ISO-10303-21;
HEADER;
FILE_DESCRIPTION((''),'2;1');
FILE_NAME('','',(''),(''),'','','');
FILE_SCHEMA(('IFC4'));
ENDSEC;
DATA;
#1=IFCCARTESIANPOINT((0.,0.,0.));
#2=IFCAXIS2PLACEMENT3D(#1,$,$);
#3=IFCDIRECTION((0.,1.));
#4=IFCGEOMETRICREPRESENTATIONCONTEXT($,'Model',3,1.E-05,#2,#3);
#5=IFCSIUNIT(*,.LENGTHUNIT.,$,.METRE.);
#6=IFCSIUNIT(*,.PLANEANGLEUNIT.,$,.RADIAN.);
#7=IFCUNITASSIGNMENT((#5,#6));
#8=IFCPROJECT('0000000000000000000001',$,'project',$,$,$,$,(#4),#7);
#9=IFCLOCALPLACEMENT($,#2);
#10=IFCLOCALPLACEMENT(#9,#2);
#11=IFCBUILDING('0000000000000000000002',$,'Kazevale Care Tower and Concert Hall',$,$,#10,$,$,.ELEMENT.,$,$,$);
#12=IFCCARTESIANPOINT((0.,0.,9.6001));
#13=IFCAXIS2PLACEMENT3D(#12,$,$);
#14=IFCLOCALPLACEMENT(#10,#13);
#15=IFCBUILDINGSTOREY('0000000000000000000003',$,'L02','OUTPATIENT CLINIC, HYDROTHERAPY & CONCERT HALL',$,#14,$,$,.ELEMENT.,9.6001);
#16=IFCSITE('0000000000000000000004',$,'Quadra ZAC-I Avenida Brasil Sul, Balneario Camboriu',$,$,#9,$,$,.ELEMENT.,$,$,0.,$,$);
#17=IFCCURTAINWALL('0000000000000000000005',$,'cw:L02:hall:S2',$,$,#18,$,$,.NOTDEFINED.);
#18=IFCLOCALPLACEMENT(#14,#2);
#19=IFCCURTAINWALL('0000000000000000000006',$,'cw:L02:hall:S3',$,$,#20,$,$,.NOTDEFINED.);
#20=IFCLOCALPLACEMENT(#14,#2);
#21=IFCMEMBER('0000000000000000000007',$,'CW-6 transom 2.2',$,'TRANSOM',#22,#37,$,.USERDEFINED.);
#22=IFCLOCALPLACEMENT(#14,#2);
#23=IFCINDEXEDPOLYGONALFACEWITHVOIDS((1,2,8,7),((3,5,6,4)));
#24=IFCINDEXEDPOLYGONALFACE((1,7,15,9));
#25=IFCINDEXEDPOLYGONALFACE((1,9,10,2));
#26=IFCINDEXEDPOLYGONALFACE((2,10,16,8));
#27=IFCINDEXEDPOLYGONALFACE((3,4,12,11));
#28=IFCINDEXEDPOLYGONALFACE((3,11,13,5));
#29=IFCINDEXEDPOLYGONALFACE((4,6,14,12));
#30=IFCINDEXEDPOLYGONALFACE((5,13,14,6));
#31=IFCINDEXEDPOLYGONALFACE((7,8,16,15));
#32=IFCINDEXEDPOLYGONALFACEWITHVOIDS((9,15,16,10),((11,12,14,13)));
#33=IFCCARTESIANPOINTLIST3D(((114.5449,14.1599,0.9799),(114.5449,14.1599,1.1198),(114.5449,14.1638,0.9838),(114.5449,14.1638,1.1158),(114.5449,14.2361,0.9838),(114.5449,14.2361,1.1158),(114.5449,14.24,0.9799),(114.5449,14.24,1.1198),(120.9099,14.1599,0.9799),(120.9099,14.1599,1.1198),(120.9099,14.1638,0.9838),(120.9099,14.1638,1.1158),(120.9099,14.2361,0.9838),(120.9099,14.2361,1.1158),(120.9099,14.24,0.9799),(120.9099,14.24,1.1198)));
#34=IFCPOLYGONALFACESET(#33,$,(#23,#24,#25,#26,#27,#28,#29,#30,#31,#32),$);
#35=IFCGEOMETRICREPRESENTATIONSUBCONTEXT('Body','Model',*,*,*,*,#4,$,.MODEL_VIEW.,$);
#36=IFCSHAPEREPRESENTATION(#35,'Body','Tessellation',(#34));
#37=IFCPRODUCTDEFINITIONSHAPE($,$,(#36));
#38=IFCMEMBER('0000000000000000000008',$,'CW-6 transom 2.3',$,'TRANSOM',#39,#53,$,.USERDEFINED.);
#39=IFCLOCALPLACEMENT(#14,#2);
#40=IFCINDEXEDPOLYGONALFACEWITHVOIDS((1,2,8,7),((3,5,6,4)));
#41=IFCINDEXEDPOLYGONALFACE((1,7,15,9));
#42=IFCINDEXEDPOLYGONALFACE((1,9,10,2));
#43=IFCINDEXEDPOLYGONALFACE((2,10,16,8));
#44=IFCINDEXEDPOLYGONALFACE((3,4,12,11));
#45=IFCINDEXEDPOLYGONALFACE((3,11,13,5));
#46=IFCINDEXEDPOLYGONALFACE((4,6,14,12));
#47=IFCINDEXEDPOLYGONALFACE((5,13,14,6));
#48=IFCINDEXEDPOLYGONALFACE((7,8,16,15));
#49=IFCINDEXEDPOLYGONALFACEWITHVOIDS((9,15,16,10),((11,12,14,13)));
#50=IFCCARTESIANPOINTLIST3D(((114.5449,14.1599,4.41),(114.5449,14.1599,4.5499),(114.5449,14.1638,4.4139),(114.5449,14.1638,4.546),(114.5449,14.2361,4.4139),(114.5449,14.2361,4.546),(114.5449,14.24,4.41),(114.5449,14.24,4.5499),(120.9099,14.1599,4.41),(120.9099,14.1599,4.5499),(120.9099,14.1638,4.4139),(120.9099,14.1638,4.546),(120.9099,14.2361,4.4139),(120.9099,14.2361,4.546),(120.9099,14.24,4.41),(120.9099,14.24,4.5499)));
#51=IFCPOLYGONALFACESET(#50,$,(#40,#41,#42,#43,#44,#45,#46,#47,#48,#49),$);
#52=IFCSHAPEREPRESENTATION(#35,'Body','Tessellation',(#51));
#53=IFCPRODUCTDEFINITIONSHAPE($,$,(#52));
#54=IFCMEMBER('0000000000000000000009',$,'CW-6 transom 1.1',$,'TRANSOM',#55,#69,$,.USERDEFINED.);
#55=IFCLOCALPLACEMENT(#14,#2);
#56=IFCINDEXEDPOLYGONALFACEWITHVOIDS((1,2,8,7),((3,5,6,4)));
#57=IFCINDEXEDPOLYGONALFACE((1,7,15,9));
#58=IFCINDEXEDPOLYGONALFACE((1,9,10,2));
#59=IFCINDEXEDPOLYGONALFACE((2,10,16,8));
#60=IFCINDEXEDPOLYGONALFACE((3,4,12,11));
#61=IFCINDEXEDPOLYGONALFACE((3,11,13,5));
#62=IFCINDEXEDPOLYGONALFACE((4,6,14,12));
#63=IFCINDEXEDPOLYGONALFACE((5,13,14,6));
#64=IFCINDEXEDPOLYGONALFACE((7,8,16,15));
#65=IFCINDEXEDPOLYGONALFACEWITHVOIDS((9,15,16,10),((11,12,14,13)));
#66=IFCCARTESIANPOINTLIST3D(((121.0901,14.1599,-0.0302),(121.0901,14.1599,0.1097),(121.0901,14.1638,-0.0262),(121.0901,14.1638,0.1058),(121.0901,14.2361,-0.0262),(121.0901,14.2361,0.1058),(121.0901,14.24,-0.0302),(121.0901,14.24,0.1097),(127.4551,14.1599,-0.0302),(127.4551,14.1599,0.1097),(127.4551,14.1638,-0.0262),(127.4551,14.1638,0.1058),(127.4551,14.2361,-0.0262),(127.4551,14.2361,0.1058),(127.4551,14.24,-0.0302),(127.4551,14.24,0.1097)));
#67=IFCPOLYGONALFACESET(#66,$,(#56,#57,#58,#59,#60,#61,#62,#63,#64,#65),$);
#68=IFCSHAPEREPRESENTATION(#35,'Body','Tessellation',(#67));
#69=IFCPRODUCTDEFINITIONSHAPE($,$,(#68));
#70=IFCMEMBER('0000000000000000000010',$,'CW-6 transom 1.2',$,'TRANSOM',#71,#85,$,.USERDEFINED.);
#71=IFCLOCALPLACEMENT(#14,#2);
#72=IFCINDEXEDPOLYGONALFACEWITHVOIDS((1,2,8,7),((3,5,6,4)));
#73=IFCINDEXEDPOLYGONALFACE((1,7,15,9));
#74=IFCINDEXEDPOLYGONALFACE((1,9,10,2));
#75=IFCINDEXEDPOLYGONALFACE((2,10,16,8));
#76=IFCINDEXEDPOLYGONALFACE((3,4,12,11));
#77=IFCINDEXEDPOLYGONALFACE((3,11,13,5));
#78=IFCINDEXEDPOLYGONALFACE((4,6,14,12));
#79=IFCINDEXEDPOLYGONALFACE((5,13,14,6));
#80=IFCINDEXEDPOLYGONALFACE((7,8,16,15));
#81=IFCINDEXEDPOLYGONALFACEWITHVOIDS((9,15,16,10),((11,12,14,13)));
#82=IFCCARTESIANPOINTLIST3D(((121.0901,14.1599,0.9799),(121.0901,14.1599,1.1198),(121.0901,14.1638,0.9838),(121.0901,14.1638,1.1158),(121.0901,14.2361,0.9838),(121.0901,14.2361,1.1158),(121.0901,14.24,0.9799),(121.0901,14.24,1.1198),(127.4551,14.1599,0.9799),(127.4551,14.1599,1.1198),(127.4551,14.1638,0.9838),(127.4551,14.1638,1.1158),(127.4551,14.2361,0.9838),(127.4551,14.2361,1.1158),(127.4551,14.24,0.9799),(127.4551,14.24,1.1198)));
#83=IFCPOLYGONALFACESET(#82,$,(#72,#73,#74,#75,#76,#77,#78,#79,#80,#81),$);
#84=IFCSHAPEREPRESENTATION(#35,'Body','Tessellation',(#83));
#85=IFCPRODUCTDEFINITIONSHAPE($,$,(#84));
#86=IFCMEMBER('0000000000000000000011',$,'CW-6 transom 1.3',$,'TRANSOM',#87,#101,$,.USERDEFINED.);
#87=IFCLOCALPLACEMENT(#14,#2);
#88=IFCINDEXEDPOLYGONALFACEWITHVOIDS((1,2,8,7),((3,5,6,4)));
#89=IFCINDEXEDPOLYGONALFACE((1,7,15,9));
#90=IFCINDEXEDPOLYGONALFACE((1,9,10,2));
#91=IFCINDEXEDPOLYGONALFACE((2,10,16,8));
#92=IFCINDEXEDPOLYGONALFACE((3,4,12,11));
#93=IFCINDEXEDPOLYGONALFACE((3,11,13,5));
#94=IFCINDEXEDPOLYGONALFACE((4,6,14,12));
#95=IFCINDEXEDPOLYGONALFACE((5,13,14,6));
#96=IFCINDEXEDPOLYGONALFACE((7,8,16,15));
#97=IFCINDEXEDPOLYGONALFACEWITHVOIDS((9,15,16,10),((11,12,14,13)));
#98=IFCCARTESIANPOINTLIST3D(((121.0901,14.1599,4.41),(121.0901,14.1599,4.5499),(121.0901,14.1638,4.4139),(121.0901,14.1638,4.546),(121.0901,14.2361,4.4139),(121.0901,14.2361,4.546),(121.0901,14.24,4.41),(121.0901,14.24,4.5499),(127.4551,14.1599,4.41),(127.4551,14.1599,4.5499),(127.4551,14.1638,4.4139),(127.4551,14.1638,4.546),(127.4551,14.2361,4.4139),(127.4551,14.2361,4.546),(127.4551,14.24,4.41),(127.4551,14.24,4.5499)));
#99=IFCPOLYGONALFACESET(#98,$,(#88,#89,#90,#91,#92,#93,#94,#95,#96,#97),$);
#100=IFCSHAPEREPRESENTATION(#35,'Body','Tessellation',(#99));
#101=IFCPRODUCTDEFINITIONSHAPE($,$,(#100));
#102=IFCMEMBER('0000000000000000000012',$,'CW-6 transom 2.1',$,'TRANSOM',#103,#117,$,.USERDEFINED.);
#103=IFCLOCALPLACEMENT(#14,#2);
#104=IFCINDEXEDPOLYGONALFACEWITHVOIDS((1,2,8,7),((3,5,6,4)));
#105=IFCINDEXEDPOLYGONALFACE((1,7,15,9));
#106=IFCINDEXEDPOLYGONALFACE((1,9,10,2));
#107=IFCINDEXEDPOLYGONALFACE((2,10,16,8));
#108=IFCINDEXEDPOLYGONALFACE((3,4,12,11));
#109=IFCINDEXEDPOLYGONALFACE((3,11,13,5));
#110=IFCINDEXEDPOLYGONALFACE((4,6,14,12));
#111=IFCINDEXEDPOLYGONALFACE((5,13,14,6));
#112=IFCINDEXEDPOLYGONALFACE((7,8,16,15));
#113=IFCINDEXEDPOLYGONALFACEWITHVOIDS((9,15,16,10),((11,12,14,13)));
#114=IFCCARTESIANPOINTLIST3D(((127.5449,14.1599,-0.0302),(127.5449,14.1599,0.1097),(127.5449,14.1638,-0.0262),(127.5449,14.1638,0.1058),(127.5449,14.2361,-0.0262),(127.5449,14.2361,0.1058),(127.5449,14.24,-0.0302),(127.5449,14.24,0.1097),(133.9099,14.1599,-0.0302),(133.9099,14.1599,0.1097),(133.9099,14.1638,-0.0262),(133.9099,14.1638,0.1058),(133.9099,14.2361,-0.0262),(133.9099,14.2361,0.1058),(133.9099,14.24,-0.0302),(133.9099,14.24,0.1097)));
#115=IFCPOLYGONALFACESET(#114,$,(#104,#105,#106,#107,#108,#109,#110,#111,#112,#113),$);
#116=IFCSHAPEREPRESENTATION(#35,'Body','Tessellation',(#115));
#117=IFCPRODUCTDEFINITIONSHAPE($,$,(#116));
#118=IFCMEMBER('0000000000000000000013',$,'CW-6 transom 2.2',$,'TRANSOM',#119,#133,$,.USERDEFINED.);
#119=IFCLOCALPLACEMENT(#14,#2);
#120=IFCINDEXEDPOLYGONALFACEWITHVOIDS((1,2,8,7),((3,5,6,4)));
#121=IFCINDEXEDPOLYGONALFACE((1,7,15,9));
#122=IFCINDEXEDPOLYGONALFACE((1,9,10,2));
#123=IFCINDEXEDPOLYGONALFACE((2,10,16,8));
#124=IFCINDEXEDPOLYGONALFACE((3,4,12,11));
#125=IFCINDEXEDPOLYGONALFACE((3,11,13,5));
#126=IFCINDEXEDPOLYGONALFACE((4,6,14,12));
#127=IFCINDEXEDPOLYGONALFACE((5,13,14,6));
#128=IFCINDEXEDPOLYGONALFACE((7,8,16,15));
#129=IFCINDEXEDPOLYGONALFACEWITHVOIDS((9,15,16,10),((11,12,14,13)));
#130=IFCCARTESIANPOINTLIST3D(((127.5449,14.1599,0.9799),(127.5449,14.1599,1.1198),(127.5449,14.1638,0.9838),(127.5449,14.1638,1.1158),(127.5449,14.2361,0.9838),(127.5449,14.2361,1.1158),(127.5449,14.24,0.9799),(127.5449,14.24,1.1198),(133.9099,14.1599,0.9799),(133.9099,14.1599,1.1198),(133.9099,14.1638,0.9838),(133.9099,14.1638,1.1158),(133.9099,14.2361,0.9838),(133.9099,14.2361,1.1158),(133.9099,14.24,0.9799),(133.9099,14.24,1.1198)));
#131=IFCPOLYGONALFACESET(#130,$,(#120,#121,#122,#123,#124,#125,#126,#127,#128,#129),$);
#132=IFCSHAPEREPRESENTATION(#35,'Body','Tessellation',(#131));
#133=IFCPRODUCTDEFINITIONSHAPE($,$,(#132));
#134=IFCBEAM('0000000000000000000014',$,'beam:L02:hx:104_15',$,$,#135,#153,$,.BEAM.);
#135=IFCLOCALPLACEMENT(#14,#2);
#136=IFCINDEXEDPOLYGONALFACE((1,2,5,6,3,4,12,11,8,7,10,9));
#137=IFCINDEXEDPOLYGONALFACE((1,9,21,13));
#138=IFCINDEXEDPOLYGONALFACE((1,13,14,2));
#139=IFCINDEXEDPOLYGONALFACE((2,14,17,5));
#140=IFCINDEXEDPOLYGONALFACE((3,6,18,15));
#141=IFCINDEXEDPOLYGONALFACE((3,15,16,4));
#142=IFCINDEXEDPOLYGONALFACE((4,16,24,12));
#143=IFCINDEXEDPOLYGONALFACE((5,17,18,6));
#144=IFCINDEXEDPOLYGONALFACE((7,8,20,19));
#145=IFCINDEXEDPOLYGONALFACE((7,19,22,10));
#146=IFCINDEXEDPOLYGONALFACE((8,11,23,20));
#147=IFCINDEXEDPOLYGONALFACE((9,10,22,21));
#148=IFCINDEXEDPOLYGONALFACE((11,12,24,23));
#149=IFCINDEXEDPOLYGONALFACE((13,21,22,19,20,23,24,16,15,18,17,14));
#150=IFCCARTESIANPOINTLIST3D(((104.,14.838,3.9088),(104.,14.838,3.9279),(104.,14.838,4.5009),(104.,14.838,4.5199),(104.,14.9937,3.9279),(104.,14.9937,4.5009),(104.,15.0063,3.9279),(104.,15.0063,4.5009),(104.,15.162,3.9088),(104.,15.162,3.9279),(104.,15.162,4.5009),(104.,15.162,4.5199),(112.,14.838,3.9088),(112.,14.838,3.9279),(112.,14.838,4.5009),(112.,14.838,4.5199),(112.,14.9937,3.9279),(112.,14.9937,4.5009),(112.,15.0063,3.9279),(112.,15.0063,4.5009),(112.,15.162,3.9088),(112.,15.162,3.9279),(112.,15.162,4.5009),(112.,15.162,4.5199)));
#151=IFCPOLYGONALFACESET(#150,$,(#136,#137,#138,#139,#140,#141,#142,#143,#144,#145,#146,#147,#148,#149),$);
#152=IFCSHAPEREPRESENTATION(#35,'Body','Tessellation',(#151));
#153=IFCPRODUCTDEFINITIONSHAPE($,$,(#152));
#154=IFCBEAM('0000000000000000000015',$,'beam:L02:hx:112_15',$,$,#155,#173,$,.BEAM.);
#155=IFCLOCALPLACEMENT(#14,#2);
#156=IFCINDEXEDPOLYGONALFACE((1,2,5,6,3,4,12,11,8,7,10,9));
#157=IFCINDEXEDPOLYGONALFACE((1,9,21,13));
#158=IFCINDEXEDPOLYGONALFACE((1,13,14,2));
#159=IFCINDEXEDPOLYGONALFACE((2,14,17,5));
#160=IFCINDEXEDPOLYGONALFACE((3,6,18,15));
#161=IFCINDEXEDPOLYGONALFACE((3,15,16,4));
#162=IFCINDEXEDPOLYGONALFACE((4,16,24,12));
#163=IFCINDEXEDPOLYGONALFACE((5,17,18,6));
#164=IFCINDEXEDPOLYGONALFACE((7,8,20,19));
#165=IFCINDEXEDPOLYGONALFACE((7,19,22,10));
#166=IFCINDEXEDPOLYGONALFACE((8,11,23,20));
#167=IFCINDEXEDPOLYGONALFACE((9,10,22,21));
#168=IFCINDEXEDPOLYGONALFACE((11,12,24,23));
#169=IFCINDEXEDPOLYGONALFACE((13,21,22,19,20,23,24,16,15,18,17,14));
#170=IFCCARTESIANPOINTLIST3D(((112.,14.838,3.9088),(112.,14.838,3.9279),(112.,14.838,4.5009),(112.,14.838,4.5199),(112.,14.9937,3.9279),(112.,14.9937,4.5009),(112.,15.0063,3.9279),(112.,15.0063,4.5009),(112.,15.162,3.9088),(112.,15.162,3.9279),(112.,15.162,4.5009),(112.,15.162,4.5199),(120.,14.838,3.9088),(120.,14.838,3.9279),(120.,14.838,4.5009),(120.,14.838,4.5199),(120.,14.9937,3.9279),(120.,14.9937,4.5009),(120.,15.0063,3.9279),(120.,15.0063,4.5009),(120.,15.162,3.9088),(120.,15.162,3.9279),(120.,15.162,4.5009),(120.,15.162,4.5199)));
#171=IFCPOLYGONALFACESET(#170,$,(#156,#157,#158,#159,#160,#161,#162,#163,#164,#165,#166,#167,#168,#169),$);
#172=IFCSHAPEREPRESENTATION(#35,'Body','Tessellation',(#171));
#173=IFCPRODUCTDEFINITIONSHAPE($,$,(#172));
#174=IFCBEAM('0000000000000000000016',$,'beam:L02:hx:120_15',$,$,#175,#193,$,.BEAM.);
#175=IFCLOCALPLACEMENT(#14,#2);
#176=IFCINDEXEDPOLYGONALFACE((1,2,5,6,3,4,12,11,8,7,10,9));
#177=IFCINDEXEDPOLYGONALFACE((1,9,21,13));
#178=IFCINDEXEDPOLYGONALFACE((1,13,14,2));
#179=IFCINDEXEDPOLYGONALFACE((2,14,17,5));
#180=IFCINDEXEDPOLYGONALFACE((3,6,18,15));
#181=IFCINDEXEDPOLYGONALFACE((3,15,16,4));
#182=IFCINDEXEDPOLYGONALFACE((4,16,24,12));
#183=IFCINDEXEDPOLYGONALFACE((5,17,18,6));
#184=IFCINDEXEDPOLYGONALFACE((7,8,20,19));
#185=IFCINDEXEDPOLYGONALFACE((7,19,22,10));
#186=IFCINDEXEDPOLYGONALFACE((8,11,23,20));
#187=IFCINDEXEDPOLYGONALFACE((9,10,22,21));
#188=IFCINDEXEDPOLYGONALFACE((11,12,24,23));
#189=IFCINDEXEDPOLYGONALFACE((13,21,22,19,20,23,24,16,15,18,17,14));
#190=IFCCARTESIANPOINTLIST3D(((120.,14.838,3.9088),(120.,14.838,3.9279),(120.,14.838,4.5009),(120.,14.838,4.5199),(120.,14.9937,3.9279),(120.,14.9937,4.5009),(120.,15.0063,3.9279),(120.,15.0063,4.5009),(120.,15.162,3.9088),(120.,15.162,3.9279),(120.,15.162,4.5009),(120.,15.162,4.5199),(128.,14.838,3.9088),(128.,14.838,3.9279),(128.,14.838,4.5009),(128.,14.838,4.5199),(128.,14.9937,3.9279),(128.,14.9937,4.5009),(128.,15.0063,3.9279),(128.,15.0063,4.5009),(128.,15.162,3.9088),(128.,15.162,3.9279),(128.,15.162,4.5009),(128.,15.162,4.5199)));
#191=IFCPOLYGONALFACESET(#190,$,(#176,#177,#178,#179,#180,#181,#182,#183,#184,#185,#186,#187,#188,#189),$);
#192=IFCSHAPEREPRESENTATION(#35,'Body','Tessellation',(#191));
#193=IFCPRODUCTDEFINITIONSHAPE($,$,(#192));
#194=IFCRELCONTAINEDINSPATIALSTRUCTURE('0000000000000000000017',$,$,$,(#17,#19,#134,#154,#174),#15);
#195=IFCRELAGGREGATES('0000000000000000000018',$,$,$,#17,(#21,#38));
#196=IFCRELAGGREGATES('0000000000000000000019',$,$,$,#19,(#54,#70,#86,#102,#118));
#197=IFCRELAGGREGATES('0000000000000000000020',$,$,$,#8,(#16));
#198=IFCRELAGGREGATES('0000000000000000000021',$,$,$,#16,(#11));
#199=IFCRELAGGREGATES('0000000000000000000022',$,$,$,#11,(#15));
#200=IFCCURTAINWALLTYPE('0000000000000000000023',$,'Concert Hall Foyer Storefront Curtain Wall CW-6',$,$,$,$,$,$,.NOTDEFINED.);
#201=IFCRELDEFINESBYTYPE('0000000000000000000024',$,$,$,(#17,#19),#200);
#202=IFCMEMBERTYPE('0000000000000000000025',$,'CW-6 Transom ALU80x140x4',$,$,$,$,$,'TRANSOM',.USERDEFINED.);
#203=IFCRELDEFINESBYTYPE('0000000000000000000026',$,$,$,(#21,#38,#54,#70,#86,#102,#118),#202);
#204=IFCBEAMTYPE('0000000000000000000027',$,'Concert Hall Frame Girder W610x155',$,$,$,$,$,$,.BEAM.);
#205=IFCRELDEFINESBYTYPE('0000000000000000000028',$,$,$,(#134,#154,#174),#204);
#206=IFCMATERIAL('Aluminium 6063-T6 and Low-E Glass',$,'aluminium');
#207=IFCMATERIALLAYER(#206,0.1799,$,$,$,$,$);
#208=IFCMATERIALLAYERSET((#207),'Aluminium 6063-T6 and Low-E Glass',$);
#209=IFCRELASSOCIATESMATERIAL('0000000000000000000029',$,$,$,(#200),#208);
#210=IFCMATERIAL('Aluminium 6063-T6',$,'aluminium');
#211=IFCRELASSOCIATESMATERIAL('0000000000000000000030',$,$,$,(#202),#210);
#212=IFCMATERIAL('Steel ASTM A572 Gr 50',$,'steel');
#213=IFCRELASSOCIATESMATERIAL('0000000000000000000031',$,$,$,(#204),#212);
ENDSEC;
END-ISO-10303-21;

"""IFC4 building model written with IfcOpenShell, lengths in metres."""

from ifc_helpers import new_model, si_unit, direction, frame, origin, origin_2d, place, context, subcontext, project, spatial, hollow_rectangle, i_section, extrude, material, layer, layer_set, material_profile, profile_set, type_object, element, aggregate, save


model = new_model("IFC4")

# Units and contexts
model_context = context("Model", 3, precision=1e-05, world=origin(), true_north=direction((0.0, 1.0)))
body_context = subcontext(model_context, "Body", "Model", "MODEL_VIEW")
ifc_project = project(units=[si_unit("LENGTHUNIT", "METRE"), si_unit("PLANEANGLEUNIT", "RADIAN")], contexts=[model_context])

# Site, building, storey
site_placement = place(None, origin())
site = spatial("IfcSite", under=ifc_project, at=site_placement, Name="Quadra ZAC-I Avenida Brasil Sul, Balneario Camboriu", CompositionType="ELEMENT", RefElevation=0.0)
building_placement = place(site_placement, origin())
building = spatial("IfcBuilding", under=site, at=building_placement, Name="Kazevale Care Tower and Concert Hall", CompositionType="ELEMENT")
storey_placement = place(building_placement, frame((0.0, 0.0, 9.6001)))
storey = spatial("IfcBuildingStorey", under=building, at=storey_placement, Name="L02", Description="OUTPATIENT CLINIC, HYDROTHERAPY & CONCERT HALL", CompositionType="ELEMENT", Elevation=9.6001)

# Curtain walls
ifc_material_1 = material(Name="Aluminium 6063-T6 and Low-E Glass", Category="aluminium")
ifc_layer_1 = layer(ifc_material_1, 0.1799)
ifc_layer_set_1 = layer_set([ifc_layer_1], Name="Aluminium 6063-T6 and Low-E Glass")
curtain_wall_type = type_object("IfcCurtainWallType", Name="Concert Hall Foyer Storefront Curtain Wall CW-6", PredefinedType="NOTDEFINED", material=ifc_layer_set_1)
curtain_wall_1_placement = place(storey_placement, origin())
curtain_wall_1 = element("IfcCurtainWall", 1, at=curtain_wall_1_placement, inside=storey, type_object=curtain_wall_type, Name="cw:L02:hall:S2", PredefinedType="NOTDEFINED")
ifc_material_2 = material(Name="Aluminium 6063-T6", Category="aluminium")
curtain_wall_2_placement = place(storey_placement, origin())
curtain_wall_2 = element("IfcCurtainWall", 2, at=curtain_wall_2_placement, inside=storey, type_object=curtain_wall_type, Name="cw:L02:hall:S3", PredefinedType="NOTDEFINED")

# Members
ifc_material_profile_1 = material_profile(ifc_material_2, hollow_rectangle(XDim=0.0801, YDim=0.1399, WallThickness=0.0039, at=origin_2d()), Name="ALU80x140x4")
ifc_profile_set_1 = profile_set([ifc_material_profile_1], Name="Aluminium 6063-T6")
member_type_1 = type_object("IfcMemberType", Name="CW-6 Transom ALU80x140x4", ElementType="TRANSOM", PredefinedType="USERDEFINED", material=ifc_profile_set_1)
member_1_placement = place(storey_placement, frame((114.5449, 14.2, 1.0498), z_axis=(1.0, 0.0, 0.0), x_axis=(0.0, 1.0, 0.0)))
member_1 = element("IfcMember", 3, at=member_1_placement, type_object=member_type_1, Name="CW-6 transom 2.2", ObjectType="TRANSOM", PredefinedType="USERDEFINED", context=body_context, shape_type="SweptSolid", body=[
    extrude(hollow_rectangle(XDim=0.0801, YDim=0.1399, WallThickness=0.0039, at=origin_2d()), origin(), (0.0, 0.0, 1.0), 6.365),
])
member_2_placement = place(storey_placement, frame((114.5449, 14.2, 4.48), z_axis=(1.0, 0.0, 0.0), x_axis=(0.0, 1.0, 0.0)))
member_2 = element("IfcMember", 4, at=member_2_placement, type_object=member_type_1, Name="CW-6 transom 2.3", ObjectType="TRANSOM", PredefinedType="USERDEFINED", context=body_context, shape_type="SweptSolid", body=[
    extrude(hollow_rectangle(XDim=0.0801, YDim=0.1399, WallThickness=0.0039, at=origin_2d()), origin(), (0.0, 0.0, 1.0), 6.365),
])
member_3_placement = place(storey_placement, frame((121.0901, 14.2, 0.0398), z_axis=(1.0, 0.0, 0.0), x_axis=(0.0, 1.0, 0.0)))
member_3 = element("IfcMember", 5, at=member_3_placement, type_object=member_type_1, Name="CW-6 transom 1.1", ObjectType="TRANSOM", PredefinedType="USERDEFINED", context=body_context, shape_type="SweptSolid", body=[
    extrude(hollow_rectangle(XDim=0.0801, YDim=0.1399, WallThickness=0.0039, at=origin_2d()), origin(), (0.0, 0.0, 1.0), 6.365),
])
member_4_placement = place(storey_placement, frame((121.0901, 14.2, 1.0498), z_axis=(1.0, 0.0, 0.0), x_axis=(0.0, 1.0, 0.0)))
member_4 = element("IfcMember", 6, at=member_4_placement, type_object=member_type_1, Name="CW-6 transom 1.2", ObjectType="TRANSOM", PredefinedType="USERDEFINED", context=body_context, shape_type="SweptSolid", body=[
    extrude(hollow_rectangle(XDim=0.0801, YDim=0.1399, WallThickness=0.0039, at=origin_2d()), origin(), (0.0, 0.0, 1.0), 6.365),
])
member_5_placement = place(storey_placement, frame((121.0901, 14.2, 4.48), z_axis=(1.0, 0.0, 0.0), x_axis=(0.0, 1.0, 0.0)))
member_5 = element("IfcMember", 7, at=member_5_placement, type_object=member_type_1, Name="CW-6 transom 1.3", ObjectType="TRANSOM", PredefinedType="USERDEFINED", context=body_context, shape_type="SweptSolid", body=[
    extrude(hollow_rectangle(XDim=0.0801, YDim=0.1399, WallThickness=0.0039, at=origin_2d()), origin(), (0.0, 0.0, 1.0), 6.365),
])
member_6_placement = place(storey_placement, frame((127.5449, 14.2, 0.0398), z_axis=(1.0, 0.0, 0.0), x_axis=(0.0, 1.0, 0.0)))
member_6 = element("IfcMember", 8, at=member_6_placement, type_object=member_type_1, Name="CW-6 transom 2.1", ObjectType="TRANSOM", PredefinedType="USERDEFINED", context=body_context, shape_type="SweptSolid", body=[
    extrude(hollow_rectangle(XDim=0.0801, YDim=0.1399, WallThickness=0.0039, at=origin_2d()), origin(), (0.0, 0.0, 1.0), 6.365),
])
member_7_placement = place(storey_placement, frame((127.5449, 14.2, 1.0498), z_axis=(1.0, 0.0, 0.0), x_axis=(0.0, 1.0, 0.0)))
member_7 = element("IfcMember", 9, at=member_7_placement, type_object=member_type_1, Name="CW-6 transom 2.2", ObjectType="TRANSOM", PredefinedType="USERDEFINED", context=body_context, shape_type="SweptSolid", body=[
    extrude(hollow_rectangle(XDim=0.0801, YDim=0.1399, WallThickness=0.0039, at=origin_2d()), origin(), (0.0, 0.0, 1.0), 6.365),
])

# Beams
ifc_material_3 = material(Name="Steel ASTM A572 Gr 50", Category="steel")
ifc_material_profile_2 = material_profile(ifc_material_3, i_section(OverallWidth=0.324, OverallDepth=0.6111, WebThickness=0.0127, FlangeThickness=0.019, at=origin_2d()), Name="W610x155")
ifc_profile_set_2 = profile_set([ifc_material_profile_2], Name="Steel ASTM A572 Gr 50")
beam_type_1 = type_object("IfcBeamType", Name="Concert Hall Frame Girder W610x155", PredefinedType="BEAM", material=ifc_profile_set_2)
for number, where, z_axis, x_axis, name in (
    (10, (104.0, 15.0, 4.2144), (1.0, 0.0, 0.0), (0.0, 1.0, 0.0), "beam:L02:hx:104_15"),
    (11, (112.0, 15.0, 4.2144), (1.0, 0.0, 0.0), (0.0, 1.0, 0.0), "beam:L02:hx:112_15"),
    (12, (120.0, 15.0, 4.2144), (1.0, 0.0, 0.0), (0.0, 1.0, 0.0), "beam:L02:hx:120_15"),
):
    element("IfcBeam", number, at=place(storey_placement, frame(where, z_axis=z_axis, x_axis=x_axis)), inside=storey, type_object=beam_type_1, Name=name, PredefinedType="BEAM", context=body_context, shape_type="SweptSolid", body=[
        extrude(i_section(OverallWidth=0.324, OverallDepth=0.6111, WebThickness=0.0127, FlangeThickness=0.019, at=origin_2d()), origin(), (0.0, 0.0, 1.0), 8.0),
    ])

aggregate(curtain_wall_1, [member_1, member_2])
aggregate(curtain_wall_2, [member_3, member_4, member_5, member_6, member_7])

save(model, "model.ifc")
